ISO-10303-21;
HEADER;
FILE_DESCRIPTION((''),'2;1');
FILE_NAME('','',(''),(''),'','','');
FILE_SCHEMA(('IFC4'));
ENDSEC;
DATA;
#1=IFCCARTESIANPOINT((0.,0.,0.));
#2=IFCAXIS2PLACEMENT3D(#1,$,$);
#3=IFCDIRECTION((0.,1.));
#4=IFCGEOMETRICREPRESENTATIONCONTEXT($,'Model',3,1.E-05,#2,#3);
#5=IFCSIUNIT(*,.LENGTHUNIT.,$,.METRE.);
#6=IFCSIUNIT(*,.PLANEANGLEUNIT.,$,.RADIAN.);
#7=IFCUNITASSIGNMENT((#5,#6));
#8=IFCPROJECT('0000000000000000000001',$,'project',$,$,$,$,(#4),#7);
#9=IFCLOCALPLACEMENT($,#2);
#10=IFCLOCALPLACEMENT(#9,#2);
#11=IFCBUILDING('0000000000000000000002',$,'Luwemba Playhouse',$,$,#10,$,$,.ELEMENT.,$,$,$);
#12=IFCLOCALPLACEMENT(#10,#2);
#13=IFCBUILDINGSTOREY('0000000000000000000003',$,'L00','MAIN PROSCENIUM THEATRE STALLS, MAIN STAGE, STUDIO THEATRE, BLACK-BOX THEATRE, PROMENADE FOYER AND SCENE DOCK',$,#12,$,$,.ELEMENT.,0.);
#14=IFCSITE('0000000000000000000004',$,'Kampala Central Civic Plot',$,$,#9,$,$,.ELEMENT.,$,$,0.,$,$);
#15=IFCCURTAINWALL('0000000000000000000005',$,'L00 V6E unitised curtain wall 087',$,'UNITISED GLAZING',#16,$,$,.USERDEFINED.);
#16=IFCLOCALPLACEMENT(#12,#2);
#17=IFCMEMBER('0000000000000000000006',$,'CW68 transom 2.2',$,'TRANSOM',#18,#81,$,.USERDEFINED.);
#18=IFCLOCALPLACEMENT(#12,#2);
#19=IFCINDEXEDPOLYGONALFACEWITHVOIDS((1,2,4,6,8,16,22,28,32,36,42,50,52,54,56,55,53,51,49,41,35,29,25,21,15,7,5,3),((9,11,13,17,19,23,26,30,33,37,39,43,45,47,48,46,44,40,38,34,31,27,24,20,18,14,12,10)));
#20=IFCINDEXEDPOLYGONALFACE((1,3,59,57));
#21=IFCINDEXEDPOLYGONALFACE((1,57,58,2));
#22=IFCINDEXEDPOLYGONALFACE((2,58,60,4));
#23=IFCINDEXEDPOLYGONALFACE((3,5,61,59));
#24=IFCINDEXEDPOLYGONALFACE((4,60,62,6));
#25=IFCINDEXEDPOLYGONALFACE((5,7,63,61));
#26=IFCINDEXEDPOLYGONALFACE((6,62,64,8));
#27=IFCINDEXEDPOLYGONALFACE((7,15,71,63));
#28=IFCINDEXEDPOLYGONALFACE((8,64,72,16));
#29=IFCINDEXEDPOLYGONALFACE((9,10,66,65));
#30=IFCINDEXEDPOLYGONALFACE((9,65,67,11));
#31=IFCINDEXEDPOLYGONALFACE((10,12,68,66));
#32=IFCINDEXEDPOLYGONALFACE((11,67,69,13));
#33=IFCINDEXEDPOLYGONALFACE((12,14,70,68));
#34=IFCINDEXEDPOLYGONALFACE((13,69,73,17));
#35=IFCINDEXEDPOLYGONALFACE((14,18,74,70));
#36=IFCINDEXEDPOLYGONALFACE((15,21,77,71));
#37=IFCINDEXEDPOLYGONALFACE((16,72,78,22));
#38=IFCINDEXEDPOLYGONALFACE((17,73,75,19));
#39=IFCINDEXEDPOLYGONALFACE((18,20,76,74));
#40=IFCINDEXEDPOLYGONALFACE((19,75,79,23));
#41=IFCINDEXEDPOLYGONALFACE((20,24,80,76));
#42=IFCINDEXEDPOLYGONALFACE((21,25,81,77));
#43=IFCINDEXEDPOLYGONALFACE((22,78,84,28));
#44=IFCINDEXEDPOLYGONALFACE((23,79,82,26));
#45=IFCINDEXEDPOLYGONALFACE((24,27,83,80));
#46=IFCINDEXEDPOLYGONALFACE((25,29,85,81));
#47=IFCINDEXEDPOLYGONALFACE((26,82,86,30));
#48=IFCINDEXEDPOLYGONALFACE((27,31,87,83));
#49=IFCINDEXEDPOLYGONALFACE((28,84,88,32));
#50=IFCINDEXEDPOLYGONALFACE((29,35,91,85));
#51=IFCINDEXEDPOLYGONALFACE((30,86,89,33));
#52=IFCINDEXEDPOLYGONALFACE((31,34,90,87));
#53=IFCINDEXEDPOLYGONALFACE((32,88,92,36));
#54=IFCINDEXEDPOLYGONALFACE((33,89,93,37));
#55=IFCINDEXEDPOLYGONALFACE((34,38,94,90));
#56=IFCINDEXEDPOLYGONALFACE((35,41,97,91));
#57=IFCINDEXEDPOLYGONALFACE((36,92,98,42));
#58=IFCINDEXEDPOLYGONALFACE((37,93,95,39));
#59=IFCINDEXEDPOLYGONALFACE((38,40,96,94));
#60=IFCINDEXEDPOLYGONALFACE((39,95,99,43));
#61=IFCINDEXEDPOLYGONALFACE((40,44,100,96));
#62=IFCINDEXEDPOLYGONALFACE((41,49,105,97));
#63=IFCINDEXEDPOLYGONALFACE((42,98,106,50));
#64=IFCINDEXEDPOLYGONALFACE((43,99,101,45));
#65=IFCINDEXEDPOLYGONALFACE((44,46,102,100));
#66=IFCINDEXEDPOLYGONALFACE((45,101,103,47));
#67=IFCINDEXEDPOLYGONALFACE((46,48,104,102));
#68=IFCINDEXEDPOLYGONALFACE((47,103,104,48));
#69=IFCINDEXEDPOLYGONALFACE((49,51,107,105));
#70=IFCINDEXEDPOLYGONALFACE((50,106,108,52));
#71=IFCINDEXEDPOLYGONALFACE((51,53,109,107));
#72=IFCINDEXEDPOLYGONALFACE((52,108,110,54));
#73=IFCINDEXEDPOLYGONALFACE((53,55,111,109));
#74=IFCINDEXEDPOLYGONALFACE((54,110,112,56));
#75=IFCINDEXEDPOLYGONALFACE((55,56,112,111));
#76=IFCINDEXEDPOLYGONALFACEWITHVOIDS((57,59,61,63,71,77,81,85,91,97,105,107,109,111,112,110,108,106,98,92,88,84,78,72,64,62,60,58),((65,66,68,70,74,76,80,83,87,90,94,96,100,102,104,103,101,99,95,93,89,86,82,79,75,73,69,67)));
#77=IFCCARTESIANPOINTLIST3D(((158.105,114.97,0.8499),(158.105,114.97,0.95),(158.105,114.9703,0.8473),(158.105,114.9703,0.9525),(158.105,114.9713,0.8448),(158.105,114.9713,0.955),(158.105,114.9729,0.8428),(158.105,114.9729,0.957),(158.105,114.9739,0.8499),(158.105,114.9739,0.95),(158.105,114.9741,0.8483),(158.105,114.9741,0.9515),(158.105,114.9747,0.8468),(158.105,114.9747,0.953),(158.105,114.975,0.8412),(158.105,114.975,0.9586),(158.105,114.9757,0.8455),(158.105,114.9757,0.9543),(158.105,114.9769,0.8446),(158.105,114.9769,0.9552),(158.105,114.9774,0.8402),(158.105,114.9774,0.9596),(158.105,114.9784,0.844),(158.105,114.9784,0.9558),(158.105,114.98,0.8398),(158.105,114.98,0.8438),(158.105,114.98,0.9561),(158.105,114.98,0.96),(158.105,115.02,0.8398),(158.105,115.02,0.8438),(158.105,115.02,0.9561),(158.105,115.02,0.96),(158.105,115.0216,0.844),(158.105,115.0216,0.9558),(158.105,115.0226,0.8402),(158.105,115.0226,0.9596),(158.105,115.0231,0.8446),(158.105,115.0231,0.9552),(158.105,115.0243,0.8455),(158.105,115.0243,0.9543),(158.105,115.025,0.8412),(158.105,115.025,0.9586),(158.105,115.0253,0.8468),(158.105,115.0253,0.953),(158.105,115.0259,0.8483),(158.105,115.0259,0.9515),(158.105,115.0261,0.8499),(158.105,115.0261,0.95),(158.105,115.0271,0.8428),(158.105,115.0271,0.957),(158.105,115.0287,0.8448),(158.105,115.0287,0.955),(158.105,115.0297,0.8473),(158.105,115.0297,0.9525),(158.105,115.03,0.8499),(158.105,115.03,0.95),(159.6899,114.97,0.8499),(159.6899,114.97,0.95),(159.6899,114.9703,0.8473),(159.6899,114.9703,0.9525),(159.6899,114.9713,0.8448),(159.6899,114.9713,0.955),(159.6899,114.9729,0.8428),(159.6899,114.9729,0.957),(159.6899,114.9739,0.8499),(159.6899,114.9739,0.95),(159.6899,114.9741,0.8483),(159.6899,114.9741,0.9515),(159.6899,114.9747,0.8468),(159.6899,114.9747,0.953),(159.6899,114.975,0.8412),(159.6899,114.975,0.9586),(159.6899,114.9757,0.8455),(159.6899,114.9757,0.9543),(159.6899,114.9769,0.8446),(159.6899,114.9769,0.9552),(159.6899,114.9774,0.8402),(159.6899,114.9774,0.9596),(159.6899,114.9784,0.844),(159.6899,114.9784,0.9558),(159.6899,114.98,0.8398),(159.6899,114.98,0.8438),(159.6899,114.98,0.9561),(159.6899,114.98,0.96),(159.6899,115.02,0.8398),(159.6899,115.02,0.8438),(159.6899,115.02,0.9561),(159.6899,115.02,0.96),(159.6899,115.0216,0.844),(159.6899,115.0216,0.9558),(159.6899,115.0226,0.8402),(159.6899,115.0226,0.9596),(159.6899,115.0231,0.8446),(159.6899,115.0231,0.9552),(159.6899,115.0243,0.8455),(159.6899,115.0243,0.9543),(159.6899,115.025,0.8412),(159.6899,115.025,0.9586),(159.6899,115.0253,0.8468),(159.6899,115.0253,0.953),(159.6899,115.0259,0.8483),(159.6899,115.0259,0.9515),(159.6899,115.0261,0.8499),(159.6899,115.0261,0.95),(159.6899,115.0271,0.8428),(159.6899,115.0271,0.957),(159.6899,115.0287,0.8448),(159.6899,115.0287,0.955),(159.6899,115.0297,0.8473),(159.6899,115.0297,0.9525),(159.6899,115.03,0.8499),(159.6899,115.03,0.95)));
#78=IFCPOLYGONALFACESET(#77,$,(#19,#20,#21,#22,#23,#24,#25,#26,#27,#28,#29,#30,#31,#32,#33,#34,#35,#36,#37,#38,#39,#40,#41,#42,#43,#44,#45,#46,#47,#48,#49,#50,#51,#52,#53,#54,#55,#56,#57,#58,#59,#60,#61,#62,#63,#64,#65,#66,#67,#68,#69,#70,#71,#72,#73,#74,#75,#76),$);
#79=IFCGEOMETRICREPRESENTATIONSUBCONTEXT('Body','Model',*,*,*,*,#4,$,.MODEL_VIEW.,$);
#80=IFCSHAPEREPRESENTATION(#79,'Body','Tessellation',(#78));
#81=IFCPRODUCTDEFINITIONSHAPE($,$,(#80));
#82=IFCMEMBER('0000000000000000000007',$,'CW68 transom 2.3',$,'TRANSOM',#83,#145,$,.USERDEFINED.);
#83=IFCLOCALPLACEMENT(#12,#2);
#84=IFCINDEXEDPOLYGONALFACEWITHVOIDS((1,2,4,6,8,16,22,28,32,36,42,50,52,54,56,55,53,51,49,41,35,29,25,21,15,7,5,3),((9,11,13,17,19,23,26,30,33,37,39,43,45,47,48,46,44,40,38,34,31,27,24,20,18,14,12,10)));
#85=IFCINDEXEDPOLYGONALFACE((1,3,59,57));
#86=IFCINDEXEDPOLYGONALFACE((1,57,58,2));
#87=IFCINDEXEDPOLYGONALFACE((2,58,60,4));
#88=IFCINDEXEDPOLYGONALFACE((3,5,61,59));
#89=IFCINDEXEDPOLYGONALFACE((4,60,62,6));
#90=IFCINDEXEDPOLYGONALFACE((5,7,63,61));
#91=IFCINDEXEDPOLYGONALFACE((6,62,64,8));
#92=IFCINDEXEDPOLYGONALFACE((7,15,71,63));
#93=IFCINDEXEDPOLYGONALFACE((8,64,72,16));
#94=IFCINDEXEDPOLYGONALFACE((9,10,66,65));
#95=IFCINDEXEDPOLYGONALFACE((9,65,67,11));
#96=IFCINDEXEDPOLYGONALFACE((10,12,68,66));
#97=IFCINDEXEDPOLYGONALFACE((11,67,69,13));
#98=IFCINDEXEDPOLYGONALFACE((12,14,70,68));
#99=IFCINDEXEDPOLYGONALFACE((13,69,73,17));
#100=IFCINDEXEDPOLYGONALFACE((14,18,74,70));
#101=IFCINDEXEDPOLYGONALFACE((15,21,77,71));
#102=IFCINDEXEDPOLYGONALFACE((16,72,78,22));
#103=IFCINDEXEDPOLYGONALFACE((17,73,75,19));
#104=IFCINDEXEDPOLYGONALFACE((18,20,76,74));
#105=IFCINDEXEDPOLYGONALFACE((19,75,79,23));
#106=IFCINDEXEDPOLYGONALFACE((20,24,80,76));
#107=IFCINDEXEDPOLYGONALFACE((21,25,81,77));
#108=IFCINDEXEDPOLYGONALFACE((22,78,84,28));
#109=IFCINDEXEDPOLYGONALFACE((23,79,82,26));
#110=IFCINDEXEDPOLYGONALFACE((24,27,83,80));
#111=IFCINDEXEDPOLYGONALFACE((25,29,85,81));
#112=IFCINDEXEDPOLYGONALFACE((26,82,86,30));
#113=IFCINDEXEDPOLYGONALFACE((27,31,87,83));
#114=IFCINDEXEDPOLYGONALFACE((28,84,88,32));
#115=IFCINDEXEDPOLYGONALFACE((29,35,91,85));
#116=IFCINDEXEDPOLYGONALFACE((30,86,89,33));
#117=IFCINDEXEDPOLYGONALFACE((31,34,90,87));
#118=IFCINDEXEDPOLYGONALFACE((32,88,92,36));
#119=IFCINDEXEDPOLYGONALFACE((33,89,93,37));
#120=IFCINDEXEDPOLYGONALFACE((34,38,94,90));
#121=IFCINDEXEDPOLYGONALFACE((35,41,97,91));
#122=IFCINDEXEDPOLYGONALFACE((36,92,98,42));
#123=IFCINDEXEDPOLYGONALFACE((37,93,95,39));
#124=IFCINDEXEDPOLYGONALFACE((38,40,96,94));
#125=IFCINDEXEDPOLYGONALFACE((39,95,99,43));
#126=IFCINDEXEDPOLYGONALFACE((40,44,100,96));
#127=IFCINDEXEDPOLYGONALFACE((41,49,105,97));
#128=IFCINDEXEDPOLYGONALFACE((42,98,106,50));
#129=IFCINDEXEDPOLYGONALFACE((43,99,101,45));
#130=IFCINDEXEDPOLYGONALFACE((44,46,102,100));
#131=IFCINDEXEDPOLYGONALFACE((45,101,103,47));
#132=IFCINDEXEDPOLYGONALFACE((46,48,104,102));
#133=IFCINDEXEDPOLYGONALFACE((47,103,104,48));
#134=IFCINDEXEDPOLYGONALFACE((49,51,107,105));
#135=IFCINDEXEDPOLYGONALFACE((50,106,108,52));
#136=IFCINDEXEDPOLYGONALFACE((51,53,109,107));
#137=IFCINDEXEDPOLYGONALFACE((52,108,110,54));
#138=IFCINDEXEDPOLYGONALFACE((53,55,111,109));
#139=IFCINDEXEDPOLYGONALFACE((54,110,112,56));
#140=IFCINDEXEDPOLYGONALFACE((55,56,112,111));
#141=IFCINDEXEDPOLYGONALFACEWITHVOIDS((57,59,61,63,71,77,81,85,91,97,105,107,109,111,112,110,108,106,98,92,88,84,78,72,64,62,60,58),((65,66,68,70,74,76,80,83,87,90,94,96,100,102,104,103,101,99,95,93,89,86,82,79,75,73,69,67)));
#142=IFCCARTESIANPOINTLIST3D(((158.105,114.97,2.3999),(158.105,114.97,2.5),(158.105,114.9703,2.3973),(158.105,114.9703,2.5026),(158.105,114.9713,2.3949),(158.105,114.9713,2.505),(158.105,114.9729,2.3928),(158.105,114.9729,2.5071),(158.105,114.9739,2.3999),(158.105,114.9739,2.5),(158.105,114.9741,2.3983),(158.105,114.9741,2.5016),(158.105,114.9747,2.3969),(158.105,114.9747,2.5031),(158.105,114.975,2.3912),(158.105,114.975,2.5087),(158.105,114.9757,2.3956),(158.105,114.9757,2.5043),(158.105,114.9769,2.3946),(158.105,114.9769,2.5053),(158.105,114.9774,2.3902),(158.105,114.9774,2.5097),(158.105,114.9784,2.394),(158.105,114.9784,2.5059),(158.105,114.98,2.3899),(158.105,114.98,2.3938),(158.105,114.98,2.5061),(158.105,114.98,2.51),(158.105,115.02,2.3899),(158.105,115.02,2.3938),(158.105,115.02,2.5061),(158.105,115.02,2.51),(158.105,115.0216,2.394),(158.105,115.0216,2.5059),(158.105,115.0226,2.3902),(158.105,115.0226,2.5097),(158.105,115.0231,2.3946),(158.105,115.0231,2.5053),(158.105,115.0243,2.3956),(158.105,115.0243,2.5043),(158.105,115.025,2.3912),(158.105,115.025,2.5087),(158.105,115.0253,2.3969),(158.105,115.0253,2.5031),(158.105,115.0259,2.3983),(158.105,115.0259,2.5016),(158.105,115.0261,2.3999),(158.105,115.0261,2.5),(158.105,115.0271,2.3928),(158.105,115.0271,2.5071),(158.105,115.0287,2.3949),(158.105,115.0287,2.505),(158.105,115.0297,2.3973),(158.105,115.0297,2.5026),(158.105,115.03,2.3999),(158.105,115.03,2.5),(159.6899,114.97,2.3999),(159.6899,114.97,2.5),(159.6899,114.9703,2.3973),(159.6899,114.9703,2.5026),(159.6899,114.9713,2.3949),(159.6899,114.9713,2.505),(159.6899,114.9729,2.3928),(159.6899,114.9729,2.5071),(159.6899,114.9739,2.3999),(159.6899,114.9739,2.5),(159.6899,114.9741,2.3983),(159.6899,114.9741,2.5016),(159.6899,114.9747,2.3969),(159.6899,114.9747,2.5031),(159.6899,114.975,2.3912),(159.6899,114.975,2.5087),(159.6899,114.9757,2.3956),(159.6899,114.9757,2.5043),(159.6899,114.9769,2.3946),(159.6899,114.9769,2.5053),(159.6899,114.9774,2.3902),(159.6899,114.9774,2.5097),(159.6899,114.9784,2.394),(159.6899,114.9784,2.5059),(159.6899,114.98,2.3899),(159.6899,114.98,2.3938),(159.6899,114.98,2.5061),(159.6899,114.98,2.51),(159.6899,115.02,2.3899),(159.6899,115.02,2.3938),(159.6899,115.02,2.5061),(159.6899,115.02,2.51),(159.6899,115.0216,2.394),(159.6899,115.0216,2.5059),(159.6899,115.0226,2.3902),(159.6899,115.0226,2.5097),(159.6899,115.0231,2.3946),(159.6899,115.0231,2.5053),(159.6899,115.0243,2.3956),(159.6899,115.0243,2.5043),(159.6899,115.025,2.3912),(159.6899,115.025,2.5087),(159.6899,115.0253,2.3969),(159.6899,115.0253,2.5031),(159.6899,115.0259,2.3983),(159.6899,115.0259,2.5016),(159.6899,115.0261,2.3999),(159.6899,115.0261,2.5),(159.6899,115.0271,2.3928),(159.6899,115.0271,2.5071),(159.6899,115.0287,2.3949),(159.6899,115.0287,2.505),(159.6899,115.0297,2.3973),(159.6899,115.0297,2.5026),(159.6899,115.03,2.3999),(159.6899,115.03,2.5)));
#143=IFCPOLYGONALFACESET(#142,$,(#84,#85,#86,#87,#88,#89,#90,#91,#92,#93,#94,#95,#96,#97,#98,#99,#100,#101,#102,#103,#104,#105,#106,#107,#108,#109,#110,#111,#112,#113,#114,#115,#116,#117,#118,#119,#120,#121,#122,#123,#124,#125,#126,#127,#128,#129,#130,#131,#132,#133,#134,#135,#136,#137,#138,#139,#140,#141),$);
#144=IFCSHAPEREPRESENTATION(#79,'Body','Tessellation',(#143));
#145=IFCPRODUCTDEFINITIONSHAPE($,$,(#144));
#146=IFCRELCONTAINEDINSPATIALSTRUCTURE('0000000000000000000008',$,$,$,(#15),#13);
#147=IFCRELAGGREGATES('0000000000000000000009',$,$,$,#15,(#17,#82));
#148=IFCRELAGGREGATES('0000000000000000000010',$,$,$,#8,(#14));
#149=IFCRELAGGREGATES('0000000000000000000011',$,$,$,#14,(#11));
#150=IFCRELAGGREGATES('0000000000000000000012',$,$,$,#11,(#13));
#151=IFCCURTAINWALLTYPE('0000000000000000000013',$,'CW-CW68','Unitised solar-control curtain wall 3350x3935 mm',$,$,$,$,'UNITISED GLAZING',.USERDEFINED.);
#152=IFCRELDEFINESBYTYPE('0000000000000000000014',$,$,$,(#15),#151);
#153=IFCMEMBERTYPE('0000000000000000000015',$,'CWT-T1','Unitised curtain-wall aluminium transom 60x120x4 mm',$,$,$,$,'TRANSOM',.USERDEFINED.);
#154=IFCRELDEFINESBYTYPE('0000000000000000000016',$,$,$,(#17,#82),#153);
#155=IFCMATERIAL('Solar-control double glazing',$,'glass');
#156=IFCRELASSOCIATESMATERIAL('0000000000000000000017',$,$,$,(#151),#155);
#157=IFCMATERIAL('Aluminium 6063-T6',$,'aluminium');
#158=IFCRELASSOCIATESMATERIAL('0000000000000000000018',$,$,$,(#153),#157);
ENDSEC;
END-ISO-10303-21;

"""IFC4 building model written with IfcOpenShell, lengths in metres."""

from ifc_helpers import new_model, si_unit, direction, frame, origin, origin_2d, place, context, subcontext, project, spatial, hollow_rectangle, extrude, material, material_profile, profile_set, type_object, element, aggregate, save


model = new_model("IFC4")

# Units and contexts
model_context = context("Model", 3, precision=1e-05, world=origin(), true_north=direction((0.0, 1.0)))
body_context = subcontext(model_context, "Body", "Model", "MODEL_VIEW")
ifc_project = project(units=[si_unit("LENGTHUNIT", "METRE"), si_unit("PLANEANGLEUNIT", "RADIAN")], contexts=[model_context])

# Site, building, storey
site_placement = place(None, origin())
site = spatial("IfcSite", under=ifc_project, at=site_placement, Name="Kampala Central Civic Plot", CompositionType="ELEMENT", RefElevation=0.0)
building_placement = place(site_placement, origin())
building = spatial("IfcBuilding", under=site, at=building_placement, Name="Luwemba Playhouse", CompositionType="ELEMENT")
storey_placement = place(building_placement, origin())
storey = spatial("IfcBuildingStorey", under=building, at=storey_placement, Name="L00", Description="MAIN PROSCENIUM THEATRE STALLS, MAIN STAGE, STUDIO THEATRE, BLACK-BOX THEATRE, PROMENADE FOYER AND SCENE DOCK", CompositionType="ELEMENT", Elevation=0.0)

# Curtain wall, members
ifc_material_1 = material(Name="Solar-control double glazing", Category="glass")
curtain_wall_type = type_object("IfcCurtainWallType", Name="CW-CW68", Description="Unitised solar-control curtain wall 3350x3935 mm", ElementType="UNITISED GLAZING", PredefinedType="USERDEFINED", material=ifc_material_1)
curtain_wall_placement = place(storey_placement, origin())
curtain_wall = element("IfcCurtainWall", 1, at=curtain_wall_placement, inside=storey, type_object=curtain_wall_type, Name="L00 V6E unitised curtain wall 087", ObjectType="UNITISED GLAZING", PredefinedType="USERDEFINED")
ifc_material_2 = material(Name="Aluminium 6063-T6", Category="aluminium")
ifc_material_profile_1 = material_profile(ifc_material_2, hollow_rectangle(XDim=0.0601, YDim=0.1201, WallThickness=0.0039, InnerFilletRadius=0.0061, OuterFilletRadius=0.01, at=origin_2d()))
ifc_profile_set_1 = profile_set([ifc_material_profile_1], Name="Aluminium 6063-T6")
member_type_1 = type_object("IfcMemberType", Name="CWT-T1", Description="Unitised curtain-wall aluminium transom 60x120x4 mm", ElementType="TRANSOM", PredefinedType="USERDEFINED", material=ifc_profile_set_1)
member_1_placement = place(storey_placement, frame((158.105, 115.0, 0.8999), z_axis=(1.0, 0.0, 0.0), x_axis=(0.0, 1.0, 0.0)))
member_1 = element("IfcMember", 2, at=member_1_placement, type_object=member_type_1, Name="CW68 transom 2.2", ObjectType="TRANSOM", PredefinedType="USERDEFINED", context=body_context, shape_type="SweptSolid", body=[
    extrude(hollow_rectangle(XDim=0.0601, YDim=0.1201, WallThickness=0.0039, InnerFilletRadius=0.0061, OuterFilletRadius=0.01, at=origin_2d()), origin(), (0.0, 0.0, 1.0), 1.585),
])
member_2_placement = place(storey_placement, frame((158.105, 115.0, 2.45), z_axis=(1.0, 0.0, 0.0), x_axis=(0.0, 1.0, 0.0)))
member_2 = element("IfcMember", 3, at=member_2_placement, type_object=member_type_1, Name="CW68 transom 2.3", ObjectType="TRANSOM", PredefinedType="USERDEFINED", context=body_context, shape_type="SweptSolid", body=[
    extrude(hollow_rectangle(XDim=0.0601, YDim=0.1201, WallThickness=0.0039, InnerFilletRadius=0.0061, OuterFilletRadius=0.01, at=origin_2d()), origin(), (0.0, 0.0, 1.0), 1.585),
])
aggregate(curtain_wall, [member_1, member_2])

save(model, "model.ifc")
